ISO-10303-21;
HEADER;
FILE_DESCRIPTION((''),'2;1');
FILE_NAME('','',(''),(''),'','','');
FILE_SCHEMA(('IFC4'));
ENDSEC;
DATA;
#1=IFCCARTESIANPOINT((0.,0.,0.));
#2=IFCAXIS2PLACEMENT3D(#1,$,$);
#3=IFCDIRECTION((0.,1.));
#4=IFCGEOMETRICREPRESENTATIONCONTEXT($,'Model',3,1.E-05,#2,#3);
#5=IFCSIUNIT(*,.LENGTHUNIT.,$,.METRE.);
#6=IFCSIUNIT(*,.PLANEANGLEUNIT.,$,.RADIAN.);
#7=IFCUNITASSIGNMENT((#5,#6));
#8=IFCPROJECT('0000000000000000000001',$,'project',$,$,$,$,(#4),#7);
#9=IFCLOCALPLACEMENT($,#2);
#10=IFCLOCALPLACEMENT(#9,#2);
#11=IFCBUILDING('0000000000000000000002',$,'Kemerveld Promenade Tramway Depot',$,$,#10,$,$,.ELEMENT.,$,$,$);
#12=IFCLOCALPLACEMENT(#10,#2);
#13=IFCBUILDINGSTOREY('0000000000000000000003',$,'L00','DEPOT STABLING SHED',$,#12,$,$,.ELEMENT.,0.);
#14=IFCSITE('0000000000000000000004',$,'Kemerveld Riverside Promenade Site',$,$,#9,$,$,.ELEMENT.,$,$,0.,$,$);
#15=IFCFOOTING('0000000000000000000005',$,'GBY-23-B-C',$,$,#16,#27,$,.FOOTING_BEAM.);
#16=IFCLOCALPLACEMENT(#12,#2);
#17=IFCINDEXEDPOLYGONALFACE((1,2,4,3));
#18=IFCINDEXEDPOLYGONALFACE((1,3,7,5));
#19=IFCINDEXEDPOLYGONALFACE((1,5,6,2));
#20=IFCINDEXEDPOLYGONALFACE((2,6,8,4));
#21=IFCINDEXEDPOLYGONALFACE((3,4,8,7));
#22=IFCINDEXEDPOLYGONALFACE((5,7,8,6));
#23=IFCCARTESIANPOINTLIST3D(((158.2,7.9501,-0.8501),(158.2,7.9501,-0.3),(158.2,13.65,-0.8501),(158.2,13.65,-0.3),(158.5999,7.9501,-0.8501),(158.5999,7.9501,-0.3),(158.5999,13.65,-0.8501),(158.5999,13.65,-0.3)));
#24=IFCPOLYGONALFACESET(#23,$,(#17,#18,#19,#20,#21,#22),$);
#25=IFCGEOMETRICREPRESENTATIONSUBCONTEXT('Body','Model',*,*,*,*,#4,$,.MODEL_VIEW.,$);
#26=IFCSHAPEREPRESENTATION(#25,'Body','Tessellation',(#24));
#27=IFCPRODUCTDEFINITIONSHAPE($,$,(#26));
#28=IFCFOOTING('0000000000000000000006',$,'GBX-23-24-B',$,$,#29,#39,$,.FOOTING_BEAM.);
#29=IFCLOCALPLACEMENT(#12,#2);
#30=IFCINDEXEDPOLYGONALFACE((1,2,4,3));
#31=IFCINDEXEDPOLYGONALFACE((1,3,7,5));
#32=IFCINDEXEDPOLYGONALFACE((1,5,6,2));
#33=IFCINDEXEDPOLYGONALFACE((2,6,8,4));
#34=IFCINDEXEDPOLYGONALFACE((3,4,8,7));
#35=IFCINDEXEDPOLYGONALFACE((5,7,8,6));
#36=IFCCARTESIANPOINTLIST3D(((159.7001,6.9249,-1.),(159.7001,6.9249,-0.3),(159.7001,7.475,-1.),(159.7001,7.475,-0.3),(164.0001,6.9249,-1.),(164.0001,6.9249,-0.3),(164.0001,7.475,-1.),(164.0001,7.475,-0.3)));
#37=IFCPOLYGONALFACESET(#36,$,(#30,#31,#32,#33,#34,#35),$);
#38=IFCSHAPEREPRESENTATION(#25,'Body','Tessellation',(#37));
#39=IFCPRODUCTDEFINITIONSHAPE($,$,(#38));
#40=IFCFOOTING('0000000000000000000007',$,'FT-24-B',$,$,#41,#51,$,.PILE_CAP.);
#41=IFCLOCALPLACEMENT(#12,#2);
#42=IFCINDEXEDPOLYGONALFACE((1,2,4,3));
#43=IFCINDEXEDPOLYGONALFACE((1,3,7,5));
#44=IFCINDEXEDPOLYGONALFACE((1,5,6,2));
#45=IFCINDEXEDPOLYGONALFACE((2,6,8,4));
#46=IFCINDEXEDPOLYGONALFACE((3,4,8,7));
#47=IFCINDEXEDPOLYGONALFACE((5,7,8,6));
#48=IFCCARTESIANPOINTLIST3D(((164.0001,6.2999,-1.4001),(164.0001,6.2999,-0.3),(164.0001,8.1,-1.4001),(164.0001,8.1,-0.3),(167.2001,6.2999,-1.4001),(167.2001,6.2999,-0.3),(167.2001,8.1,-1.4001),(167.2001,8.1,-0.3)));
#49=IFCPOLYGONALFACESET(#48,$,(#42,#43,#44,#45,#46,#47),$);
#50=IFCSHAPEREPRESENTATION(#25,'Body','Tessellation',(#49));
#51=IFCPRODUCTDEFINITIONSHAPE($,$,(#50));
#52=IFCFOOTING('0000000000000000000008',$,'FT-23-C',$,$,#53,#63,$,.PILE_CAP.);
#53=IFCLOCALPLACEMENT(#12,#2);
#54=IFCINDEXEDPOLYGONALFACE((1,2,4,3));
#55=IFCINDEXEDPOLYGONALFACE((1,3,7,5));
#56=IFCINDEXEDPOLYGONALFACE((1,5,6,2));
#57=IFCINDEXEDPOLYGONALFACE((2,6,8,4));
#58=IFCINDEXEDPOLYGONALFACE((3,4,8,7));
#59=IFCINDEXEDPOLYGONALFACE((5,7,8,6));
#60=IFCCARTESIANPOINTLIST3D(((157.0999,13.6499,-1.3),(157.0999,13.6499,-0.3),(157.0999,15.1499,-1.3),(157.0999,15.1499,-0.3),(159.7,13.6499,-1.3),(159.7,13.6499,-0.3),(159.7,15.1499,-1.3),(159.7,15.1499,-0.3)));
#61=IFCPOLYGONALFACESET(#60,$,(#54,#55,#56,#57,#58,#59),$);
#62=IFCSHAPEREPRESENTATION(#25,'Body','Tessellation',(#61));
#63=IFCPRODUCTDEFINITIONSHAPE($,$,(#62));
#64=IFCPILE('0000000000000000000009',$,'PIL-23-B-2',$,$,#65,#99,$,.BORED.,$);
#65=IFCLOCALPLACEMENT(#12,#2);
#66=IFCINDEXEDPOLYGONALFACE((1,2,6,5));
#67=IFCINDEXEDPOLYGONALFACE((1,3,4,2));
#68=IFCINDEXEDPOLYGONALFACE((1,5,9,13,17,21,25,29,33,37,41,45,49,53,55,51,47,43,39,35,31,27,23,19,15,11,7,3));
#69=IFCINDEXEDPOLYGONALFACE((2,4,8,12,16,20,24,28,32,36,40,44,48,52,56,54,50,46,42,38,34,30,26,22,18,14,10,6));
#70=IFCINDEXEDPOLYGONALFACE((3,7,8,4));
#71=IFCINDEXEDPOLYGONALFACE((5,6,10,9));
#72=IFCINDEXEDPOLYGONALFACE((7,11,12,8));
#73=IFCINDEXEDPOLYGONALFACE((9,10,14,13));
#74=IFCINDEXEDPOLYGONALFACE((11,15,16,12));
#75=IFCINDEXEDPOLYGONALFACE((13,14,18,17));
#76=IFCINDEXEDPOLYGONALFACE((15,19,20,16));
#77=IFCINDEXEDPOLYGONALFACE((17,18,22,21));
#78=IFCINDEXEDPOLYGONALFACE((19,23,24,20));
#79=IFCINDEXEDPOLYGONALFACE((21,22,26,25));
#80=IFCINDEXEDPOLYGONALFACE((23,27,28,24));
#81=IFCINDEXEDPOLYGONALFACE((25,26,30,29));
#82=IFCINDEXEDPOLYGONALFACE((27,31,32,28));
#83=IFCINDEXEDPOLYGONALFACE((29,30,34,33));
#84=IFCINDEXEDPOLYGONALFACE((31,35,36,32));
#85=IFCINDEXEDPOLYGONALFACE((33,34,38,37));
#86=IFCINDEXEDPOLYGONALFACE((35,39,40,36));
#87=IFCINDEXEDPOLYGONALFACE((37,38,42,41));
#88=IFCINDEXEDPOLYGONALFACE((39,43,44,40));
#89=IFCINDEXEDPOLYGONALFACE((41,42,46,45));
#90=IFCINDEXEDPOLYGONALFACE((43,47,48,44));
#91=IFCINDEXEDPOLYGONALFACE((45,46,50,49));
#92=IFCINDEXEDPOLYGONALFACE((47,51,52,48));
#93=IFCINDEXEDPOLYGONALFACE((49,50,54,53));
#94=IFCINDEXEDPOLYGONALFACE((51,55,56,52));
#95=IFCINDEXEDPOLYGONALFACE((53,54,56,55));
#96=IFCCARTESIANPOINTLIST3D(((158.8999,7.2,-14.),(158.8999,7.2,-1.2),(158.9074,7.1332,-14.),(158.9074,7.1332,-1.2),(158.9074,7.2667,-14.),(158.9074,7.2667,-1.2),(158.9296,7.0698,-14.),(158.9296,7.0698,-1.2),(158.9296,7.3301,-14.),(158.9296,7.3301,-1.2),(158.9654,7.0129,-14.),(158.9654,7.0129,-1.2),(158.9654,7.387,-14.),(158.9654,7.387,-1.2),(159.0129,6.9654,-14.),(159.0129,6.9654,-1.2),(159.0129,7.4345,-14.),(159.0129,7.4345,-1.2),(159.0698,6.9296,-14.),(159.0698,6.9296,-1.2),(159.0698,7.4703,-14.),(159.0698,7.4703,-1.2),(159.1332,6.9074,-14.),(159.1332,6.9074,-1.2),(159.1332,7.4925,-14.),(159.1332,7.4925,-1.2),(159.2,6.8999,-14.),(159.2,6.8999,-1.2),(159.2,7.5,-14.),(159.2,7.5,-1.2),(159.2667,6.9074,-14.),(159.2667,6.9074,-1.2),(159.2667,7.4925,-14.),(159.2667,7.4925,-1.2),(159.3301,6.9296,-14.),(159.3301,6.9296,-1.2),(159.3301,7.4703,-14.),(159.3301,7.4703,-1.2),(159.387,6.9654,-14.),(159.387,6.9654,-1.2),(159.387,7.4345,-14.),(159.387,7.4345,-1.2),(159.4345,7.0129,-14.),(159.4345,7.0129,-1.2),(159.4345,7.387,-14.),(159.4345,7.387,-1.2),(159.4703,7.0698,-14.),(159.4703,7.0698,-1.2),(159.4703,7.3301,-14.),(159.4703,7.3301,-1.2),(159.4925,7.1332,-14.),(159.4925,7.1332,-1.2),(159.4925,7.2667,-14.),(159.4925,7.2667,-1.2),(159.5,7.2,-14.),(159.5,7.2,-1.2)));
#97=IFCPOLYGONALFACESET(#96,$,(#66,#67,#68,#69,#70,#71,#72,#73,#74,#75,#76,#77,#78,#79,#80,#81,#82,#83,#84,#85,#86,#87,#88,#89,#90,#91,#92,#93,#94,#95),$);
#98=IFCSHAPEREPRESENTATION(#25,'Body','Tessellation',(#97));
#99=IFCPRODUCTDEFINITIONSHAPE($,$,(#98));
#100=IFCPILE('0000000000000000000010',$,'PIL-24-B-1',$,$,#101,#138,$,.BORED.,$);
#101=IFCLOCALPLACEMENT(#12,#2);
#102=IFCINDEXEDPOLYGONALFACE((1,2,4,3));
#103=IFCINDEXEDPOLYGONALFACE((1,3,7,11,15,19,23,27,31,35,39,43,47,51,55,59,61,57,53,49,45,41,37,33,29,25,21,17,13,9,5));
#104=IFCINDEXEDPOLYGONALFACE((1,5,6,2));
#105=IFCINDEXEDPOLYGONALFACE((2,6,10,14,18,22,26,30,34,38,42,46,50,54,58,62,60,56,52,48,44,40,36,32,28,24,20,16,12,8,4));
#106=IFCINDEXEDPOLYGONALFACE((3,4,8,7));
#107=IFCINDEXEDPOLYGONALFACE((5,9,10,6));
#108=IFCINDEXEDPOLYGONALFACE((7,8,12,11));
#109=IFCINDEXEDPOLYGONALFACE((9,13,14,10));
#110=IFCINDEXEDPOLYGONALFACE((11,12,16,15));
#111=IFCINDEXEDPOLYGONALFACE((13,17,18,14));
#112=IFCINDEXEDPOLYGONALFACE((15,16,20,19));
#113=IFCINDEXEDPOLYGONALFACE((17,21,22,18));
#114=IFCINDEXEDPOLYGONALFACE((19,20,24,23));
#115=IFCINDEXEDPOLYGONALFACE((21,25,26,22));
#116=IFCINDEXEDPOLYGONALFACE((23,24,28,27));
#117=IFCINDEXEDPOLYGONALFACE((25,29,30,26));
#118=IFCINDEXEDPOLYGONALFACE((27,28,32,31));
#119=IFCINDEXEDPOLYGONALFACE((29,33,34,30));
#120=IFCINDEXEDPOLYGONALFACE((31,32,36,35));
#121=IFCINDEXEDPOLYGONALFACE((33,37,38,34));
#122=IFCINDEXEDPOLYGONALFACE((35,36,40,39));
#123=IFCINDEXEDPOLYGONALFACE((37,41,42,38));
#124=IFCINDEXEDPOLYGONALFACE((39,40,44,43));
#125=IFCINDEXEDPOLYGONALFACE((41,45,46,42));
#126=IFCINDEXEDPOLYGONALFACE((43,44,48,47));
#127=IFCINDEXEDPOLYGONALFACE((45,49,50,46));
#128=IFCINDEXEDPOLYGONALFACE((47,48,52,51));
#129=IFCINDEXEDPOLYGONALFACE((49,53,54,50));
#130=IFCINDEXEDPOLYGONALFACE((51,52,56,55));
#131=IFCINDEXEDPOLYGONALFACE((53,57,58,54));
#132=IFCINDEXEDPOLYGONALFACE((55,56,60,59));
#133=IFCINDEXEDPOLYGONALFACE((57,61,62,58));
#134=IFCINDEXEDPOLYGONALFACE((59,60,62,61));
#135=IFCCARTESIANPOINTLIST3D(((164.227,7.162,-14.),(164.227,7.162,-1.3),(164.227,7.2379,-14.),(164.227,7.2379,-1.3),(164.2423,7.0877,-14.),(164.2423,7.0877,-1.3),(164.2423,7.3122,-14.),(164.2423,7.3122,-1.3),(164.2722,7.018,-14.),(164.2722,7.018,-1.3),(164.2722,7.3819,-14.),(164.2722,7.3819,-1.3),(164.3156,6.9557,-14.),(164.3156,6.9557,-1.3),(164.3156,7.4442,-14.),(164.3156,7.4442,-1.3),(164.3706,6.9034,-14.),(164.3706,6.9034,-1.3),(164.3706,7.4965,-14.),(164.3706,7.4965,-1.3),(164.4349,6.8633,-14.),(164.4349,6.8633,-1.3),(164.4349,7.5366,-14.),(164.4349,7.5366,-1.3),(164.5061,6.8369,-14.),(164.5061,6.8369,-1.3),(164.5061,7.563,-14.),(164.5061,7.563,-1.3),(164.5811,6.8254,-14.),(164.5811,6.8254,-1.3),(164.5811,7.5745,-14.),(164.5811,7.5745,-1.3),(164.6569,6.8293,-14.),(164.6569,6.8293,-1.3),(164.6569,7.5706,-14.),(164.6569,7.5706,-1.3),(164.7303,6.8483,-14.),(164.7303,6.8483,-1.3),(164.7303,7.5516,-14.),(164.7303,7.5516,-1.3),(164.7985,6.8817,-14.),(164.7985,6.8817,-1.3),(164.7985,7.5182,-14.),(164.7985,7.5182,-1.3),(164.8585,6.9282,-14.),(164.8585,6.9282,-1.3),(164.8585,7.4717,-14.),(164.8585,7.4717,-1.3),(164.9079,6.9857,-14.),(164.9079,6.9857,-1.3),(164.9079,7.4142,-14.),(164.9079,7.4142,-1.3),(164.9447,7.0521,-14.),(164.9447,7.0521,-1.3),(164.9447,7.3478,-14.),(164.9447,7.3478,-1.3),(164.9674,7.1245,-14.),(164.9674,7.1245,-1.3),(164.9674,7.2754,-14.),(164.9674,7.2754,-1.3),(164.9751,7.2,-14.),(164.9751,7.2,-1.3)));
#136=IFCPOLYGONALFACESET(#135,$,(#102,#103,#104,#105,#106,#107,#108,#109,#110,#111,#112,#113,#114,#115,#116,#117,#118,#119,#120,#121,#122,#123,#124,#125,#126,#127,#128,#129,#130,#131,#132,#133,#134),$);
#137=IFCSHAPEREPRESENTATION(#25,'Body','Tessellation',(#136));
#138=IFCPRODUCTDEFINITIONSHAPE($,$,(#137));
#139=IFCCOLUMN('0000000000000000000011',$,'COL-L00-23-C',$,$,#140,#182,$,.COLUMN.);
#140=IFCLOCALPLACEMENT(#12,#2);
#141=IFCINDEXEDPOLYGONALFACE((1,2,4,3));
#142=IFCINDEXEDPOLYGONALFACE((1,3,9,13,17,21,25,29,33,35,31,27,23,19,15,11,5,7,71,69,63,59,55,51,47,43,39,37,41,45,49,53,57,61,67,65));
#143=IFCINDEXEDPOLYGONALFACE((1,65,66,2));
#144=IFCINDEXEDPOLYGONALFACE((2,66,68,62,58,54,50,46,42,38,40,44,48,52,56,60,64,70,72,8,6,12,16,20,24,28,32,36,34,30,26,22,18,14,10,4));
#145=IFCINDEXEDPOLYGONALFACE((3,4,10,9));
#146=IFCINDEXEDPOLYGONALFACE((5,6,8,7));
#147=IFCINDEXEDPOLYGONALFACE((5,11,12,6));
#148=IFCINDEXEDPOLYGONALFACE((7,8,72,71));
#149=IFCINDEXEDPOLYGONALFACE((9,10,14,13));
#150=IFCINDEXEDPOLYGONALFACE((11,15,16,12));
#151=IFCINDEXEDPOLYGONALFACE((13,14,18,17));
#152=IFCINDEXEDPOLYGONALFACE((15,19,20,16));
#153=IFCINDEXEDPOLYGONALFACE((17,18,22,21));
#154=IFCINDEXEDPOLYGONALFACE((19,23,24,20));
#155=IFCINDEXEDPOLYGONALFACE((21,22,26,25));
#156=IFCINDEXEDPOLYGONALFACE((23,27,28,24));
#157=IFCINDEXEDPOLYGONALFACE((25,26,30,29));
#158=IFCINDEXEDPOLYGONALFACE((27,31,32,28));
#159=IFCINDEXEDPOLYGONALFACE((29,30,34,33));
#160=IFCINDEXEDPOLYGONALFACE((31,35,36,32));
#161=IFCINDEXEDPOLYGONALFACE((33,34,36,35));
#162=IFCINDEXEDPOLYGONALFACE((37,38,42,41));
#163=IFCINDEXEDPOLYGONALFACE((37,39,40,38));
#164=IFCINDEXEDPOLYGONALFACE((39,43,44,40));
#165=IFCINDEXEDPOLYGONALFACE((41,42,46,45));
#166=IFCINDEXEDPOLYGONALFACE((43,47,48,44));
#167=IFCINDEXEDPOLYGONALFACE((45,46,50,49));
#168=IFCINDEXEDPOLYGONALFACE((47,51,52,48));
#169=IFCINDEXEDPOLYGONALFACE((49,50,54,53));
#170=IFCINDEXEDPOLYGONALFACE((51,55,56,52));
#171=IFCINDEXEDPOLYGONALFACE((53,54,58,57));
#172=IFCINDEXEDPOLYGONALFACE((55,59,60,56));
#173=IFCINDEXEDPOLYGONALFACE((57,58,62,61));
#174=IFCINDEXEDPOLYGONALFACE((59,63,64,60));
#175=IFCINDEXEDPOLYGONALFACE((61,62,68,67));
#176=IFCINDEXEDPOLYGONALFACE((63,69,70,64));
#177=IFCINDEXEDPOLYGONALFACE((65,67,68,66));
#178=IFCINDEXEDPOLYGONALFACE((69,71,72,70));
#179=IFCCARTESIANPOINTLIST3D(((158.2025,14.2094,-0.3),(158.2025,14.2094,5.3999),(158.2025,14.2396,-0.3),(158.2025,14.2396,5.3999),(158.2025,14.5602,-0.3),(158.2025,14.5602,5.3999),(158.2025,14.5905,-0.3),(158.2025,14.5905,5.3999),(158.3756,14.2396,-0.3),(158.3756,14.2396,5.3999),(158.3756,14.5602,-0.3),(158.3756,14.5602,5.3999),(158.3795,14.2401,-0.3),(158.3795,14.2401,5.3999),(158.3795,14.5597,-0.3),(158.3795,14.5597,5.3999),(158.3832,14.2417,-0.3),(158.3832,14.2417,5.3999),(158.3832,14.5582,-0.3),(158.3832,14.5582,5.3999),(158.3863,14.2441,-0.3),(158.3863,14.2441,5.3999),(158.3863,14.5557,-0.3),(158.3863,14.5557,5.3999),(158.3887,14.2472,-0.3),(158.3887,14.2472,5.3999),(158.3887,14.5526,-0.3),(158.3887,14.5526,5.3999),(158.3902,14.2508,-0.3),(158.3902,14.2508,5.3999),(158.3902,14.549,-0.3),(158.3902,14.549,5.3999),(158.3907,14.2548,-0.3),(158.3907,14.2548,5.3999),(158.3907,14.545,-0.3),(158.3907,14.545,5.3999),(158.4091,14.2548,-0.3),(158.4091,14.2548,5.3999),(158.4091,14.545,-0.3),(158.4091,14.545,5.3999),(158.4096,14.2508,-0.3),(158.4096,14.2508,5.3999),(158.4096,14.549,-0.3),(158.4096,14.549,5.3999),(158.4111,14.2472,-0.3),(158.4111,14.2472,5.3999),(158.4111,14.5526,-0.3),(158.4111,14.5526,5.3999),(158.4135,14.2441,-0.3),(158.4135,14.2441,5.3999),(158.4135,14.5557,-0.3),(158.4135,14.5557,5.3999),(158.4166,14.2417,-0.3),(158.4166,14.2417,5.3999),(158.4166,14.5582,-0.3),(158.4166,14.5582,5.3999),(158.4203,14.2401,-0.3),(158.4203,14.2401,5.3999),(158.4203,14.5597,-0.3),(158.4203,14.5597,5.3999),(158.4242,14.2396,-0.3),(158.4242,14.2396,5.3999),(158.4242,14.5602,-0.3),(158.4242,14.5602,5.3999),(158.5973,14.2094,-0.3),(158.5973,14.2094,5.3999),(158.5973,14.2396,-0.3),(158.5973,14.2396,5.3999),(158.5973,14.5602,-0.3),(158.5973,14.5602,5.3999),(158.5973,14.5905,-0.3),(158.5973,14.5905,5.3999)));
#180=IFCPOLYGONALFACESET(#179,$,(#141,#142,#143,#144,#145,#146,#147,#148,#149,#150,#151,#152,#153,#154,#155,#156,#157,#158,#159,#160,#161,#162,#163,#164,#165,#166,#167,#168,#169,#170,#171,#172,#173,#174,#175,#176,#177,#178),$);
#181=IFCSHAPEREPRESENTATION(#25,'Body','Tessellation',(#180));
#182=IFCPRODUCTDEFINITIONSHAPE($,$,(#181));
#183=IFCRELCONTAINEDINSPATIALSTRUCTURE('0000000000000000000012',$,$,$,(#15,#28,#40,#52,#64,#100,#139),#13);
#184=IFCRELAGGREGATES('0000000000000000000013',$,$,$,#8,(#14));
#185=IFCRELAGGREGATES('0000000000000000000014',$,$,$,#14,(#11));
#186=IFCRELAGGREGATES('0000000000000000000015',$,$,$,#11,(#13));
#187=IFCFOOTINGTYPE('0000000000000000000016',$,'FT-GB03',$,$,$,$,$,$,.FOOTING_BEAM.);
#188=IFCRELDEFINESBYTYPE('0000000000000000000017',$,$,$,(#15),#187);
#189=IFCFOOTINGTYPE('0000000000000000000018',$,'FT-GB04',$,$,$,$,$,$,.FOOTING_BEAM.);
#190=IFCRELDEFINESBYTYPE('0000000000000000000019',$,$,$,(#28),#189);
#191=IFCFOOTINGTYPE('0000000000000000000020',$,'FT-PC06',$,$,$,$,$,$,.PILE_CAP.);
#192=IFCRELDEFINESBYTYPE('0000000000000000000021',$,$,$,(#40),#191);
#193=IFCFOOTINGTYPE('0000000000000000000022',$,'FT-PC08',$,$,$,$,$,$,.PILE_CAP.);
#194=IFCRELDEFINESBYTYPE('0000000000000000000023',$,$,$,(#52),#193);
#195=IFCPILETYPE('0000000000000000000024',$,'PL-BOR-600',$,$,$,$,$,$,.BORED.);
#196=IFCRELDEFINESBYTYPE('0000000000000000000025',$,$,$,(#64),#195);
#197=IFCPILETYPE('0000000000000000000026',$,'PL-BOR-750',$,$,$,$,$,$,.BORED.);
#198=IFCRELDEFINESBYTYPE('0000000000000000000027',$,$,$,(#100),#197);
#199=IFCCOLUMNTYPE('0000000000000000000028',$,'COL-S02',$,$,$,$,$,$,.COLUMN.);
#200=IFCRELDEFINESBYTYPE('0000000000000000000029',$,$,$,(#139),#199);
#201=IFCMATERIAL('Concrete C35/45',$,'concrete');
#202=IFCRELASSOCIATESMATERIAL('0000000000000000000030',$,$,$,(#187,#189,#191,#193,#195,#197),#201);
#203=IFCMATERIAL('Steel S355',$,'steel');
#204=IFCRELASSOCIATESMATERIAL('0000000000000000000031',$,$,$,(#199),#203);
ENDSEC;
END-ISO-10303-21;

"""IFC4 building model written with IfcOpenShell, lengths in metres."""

from ifc_helpers import new_model, si_unit, direction, frame, origin, origin_2d, place, context, subcontext, project, spatial, rectangle, circle, i_section, extrude, material, material_profile, profile_set, type_object, element, save


model = new_model("IFC4")

# Units and contexts
model_context = context("Model", 3, precision=1e-05, world=origin(), true_north=direction((0.0, 1.0)))
body_context = subcontext(model_context, "Body", "Model", "MODEL_VIEW")
ifc_project = project(units=[si_unit("LENGTHUNIT", "METRE"), si_unit("PLANEANGLEUNIT", "RADIAN")], contexts=[model_context])

# Site, building, storey
site_placement = place(None, origin())
site = spatial("IfcSite", under=ifc_project, at=site_placement, Name="Kemerveld Riverside Promenade Site", CompositionType="ELEMENT", RefElevation=0.0)
building_placement = place(site_placement, origin())
building = spatial("IfcBuilding", under=site, at=building_placement, Name="Kemerveld Promenade Tramway Depot", CompositionType="ELEMENT")
storey_placement = place(building_placement, origin())
storey = spatial("IfcBuildingStorey", under=building, at=storey_placement, Name="L00", Description="DEPOT STABLING SHED", CompositionType="ELEMENT", Elevation=0.0)

# Footings
ifc_material_1 = material(Name="Concrete C35/45", Category="concrete")
footing_type_1 = type_object("IfcFootingType", Name="FT-GB03", PredefinedType="FOOTING_BEAM", material=ifc_material_1)
footing_1_placement = place(storey_placement, frame((158.3999, 10.8, -0.8501), z_axis=(0.0, 0.0, 1.0), x_axis=(0.0, 1.0, 0.0)))
element("IfcFooting", 1, at=footing_1_placement, inside=storey, type_object=footing_type_1, Name="GBY-23-B-C", PredefinedType="FOOTING_BEAM", context=body_context, shape_type="SweptSolid", body=[
    extrude(rectangle(XDim=5.7, YDim=0.3999, at=origin_2d()), origin(), (0.0, 0.0, 1.0), 0.55),
])
footing_type_2 = type_object("IfcFootingType", Name="FT-GB04", PredefinedType="FOOTING_BEAM", material=ifc_material_1)
footing_2_placement = place(storey_placement, frame((161.8501, 7.2, -1.0), z_axis=(0.0, 0.0, 1.0), x_axis=(1.0, 0.0, 0.0)))
element("IfcFooting", 2, at=footing_2_placement, inside=storey, type_object=footing_type_2, Name="GBX-23-24-B", PredefinedType="FOOTING_BEAM", context=body_context, shape_type="SweptSolid", body=[
    extrude(rectangle(XDim=4.3, YDim=0.55, at=origin_2d()), origin(), (0.0, 0.0, 1.0), 0.7),
])
footing_type_3 = type_object("IfcFootingType", Name="FT-PC06", PredefinedType="PILE_CAP", material=ifc_material_1)
footing_3_placement = place(storey_placement, frame((165.6001, 7.2, -1.4001), z_axis=(0.0, 0.0, 1.0), x_axis=(1.0, 0.0, 0.0)))
element("IfcFooting", 3, at=footing_3_placement, inside=storey, type_object=footing_type_3, Name="FT-24-B", PredefinedType="PILE_CAP", context=body_context, shape_type="SweptSolid", body=[
    extrude(rectangle(XDim=3.2, YDim=1.8, at=origin_2d()), origin(), (0.0, 0.0, 1.0), 1.1001),
])
footing_type_4 = type_object("IfcFootingType", Name="FT-PC08", PredefinedType="PILE_CAP", material=ifc_material_1)
footing_4_placement = place(storey_placement, frame((158.3999, 14.3999, -1.3), z_axis=(0.0, 0.0, 1.0), x_axis=(1.0, 0.0, 0.0)))
element("IfcFooting", 4, at=footing_4_placement, inside=storey, type_object=footing_type_4, Name="FT-23-C", PredefinedType="PILE_CAP", context=body_context, shape_type="SweptSolid", body=[
    extrude(rectangle(XDim=2.6001, YDim=1.5, at=origin_2d()), origin(), (0.0, 0.0, 1.0), 1.0),
])

# Piles
ifc_material_profile_1 = material_profile(ifc_material_1, circle(Radius=0.3, at=origin_2d()), Name="PILE-D600")
ifc_profile_set_1 = profile_set([ifc_material_profile_1], Name="Concrete C35/45")
pile_type_1 = type_object("IfcPileType", Name="PL-BOR-600", PredefinedType="BORED", material=ifc_profile_set_1)
pile_1_placement = place(storey_placement, frame((159.2, 7.2, -1.2), z_axis=(0.0, 0.0, -1.0), x_axis=(1.0, 0.0, 0.0)))
element("IfcPile", 5, at=pile_1_placement, inside=storey, type_object=pile_type_1, Name="PIL-23-B-2", PredefinedType="BORED", context=body_context, shape_type="SweptSolid", body=[
    extrude(circle(Radius=0.3, at=origin_2d()), origin(), (0.0, 0.0, 1.0), 12.8),
])
ifc_material_profile_2 = material_profile(ifc_material_1, circle(Radius=0.375, at=origin_2d()), Name="PILE-D750")
ifc_profile_set_2 = profile_set([ifc_material_profile_2], Name="Concrete C35/45")
pile_type_2 = type_object("IfcPileType", Name="PL-BOR-750", PredefinedType="BORED", material=ifc_profile_set_2)
pile_2_placement = place(storey_placement, frame((164.6001, 7.2, -1.3), z_axis=(0.0, 0.0, -1.0), x_axis=(1.0, 0.0, 0.0)))
element("IfcPile", 6, at=pile_2_placement, inside=storey, type_object=pile_type_2, Name="PIL-24-B-1", PredefinedType="BORED", context=body_context, shape_type="SweptSolid", body=[
    extrude(circle(Radius=0.375, at=origin_2d()), origin(), (0.0, 0.0, 1.0), 12.7),
])

# Column
ifc_material_2 = material(Name="Steel S355", Category="steel")
ifc_material_profile_3 = material_profile(ifc_material_2, i_section(OverallWidth=0.3948, OverallDepth=0.3811, WebThickness=0.0183, FlangeThickness=0.0303, FilletRadius=0.0151, at=origin_2d()), Name="356x406x235 UC")
ifc_profile_set_3 = profile_set([ifc_material_profile_3], Name="Steel S355")
column_type = type_object("IfcColumnType", Name="COL-S02", PredefinedType="COLUMN", material=ifc_profile_set_3)
for number, where, z_axis, x_axis, name in (
    (7, (158.3999, 14.3999, -0.3), (0.0, 0.0, 1.0), (1.0, 0.0, 0.0), "COL-L00-23-C"),
):
    element("IfcColumn", number, at=place(storey_placement, frame(where, z_axis=z_axis, x_axis=x_axis)), inside=storey, type_object=column_type, Name=name, PredefinedType="COLUMN", context=body_context, shape_type="SweptSolid", body=[
        extrude(i_section(OverallWidth=0.3948, OverallDepth=0.3811, WebThickness=0.0183, FlangeThickness=0.0303, FilletRadius=0.0151, at=origin_2d()), origin(), (0.0, 0.0, 1.0), 5.7),
    ])

save(model, "model.ifc")
